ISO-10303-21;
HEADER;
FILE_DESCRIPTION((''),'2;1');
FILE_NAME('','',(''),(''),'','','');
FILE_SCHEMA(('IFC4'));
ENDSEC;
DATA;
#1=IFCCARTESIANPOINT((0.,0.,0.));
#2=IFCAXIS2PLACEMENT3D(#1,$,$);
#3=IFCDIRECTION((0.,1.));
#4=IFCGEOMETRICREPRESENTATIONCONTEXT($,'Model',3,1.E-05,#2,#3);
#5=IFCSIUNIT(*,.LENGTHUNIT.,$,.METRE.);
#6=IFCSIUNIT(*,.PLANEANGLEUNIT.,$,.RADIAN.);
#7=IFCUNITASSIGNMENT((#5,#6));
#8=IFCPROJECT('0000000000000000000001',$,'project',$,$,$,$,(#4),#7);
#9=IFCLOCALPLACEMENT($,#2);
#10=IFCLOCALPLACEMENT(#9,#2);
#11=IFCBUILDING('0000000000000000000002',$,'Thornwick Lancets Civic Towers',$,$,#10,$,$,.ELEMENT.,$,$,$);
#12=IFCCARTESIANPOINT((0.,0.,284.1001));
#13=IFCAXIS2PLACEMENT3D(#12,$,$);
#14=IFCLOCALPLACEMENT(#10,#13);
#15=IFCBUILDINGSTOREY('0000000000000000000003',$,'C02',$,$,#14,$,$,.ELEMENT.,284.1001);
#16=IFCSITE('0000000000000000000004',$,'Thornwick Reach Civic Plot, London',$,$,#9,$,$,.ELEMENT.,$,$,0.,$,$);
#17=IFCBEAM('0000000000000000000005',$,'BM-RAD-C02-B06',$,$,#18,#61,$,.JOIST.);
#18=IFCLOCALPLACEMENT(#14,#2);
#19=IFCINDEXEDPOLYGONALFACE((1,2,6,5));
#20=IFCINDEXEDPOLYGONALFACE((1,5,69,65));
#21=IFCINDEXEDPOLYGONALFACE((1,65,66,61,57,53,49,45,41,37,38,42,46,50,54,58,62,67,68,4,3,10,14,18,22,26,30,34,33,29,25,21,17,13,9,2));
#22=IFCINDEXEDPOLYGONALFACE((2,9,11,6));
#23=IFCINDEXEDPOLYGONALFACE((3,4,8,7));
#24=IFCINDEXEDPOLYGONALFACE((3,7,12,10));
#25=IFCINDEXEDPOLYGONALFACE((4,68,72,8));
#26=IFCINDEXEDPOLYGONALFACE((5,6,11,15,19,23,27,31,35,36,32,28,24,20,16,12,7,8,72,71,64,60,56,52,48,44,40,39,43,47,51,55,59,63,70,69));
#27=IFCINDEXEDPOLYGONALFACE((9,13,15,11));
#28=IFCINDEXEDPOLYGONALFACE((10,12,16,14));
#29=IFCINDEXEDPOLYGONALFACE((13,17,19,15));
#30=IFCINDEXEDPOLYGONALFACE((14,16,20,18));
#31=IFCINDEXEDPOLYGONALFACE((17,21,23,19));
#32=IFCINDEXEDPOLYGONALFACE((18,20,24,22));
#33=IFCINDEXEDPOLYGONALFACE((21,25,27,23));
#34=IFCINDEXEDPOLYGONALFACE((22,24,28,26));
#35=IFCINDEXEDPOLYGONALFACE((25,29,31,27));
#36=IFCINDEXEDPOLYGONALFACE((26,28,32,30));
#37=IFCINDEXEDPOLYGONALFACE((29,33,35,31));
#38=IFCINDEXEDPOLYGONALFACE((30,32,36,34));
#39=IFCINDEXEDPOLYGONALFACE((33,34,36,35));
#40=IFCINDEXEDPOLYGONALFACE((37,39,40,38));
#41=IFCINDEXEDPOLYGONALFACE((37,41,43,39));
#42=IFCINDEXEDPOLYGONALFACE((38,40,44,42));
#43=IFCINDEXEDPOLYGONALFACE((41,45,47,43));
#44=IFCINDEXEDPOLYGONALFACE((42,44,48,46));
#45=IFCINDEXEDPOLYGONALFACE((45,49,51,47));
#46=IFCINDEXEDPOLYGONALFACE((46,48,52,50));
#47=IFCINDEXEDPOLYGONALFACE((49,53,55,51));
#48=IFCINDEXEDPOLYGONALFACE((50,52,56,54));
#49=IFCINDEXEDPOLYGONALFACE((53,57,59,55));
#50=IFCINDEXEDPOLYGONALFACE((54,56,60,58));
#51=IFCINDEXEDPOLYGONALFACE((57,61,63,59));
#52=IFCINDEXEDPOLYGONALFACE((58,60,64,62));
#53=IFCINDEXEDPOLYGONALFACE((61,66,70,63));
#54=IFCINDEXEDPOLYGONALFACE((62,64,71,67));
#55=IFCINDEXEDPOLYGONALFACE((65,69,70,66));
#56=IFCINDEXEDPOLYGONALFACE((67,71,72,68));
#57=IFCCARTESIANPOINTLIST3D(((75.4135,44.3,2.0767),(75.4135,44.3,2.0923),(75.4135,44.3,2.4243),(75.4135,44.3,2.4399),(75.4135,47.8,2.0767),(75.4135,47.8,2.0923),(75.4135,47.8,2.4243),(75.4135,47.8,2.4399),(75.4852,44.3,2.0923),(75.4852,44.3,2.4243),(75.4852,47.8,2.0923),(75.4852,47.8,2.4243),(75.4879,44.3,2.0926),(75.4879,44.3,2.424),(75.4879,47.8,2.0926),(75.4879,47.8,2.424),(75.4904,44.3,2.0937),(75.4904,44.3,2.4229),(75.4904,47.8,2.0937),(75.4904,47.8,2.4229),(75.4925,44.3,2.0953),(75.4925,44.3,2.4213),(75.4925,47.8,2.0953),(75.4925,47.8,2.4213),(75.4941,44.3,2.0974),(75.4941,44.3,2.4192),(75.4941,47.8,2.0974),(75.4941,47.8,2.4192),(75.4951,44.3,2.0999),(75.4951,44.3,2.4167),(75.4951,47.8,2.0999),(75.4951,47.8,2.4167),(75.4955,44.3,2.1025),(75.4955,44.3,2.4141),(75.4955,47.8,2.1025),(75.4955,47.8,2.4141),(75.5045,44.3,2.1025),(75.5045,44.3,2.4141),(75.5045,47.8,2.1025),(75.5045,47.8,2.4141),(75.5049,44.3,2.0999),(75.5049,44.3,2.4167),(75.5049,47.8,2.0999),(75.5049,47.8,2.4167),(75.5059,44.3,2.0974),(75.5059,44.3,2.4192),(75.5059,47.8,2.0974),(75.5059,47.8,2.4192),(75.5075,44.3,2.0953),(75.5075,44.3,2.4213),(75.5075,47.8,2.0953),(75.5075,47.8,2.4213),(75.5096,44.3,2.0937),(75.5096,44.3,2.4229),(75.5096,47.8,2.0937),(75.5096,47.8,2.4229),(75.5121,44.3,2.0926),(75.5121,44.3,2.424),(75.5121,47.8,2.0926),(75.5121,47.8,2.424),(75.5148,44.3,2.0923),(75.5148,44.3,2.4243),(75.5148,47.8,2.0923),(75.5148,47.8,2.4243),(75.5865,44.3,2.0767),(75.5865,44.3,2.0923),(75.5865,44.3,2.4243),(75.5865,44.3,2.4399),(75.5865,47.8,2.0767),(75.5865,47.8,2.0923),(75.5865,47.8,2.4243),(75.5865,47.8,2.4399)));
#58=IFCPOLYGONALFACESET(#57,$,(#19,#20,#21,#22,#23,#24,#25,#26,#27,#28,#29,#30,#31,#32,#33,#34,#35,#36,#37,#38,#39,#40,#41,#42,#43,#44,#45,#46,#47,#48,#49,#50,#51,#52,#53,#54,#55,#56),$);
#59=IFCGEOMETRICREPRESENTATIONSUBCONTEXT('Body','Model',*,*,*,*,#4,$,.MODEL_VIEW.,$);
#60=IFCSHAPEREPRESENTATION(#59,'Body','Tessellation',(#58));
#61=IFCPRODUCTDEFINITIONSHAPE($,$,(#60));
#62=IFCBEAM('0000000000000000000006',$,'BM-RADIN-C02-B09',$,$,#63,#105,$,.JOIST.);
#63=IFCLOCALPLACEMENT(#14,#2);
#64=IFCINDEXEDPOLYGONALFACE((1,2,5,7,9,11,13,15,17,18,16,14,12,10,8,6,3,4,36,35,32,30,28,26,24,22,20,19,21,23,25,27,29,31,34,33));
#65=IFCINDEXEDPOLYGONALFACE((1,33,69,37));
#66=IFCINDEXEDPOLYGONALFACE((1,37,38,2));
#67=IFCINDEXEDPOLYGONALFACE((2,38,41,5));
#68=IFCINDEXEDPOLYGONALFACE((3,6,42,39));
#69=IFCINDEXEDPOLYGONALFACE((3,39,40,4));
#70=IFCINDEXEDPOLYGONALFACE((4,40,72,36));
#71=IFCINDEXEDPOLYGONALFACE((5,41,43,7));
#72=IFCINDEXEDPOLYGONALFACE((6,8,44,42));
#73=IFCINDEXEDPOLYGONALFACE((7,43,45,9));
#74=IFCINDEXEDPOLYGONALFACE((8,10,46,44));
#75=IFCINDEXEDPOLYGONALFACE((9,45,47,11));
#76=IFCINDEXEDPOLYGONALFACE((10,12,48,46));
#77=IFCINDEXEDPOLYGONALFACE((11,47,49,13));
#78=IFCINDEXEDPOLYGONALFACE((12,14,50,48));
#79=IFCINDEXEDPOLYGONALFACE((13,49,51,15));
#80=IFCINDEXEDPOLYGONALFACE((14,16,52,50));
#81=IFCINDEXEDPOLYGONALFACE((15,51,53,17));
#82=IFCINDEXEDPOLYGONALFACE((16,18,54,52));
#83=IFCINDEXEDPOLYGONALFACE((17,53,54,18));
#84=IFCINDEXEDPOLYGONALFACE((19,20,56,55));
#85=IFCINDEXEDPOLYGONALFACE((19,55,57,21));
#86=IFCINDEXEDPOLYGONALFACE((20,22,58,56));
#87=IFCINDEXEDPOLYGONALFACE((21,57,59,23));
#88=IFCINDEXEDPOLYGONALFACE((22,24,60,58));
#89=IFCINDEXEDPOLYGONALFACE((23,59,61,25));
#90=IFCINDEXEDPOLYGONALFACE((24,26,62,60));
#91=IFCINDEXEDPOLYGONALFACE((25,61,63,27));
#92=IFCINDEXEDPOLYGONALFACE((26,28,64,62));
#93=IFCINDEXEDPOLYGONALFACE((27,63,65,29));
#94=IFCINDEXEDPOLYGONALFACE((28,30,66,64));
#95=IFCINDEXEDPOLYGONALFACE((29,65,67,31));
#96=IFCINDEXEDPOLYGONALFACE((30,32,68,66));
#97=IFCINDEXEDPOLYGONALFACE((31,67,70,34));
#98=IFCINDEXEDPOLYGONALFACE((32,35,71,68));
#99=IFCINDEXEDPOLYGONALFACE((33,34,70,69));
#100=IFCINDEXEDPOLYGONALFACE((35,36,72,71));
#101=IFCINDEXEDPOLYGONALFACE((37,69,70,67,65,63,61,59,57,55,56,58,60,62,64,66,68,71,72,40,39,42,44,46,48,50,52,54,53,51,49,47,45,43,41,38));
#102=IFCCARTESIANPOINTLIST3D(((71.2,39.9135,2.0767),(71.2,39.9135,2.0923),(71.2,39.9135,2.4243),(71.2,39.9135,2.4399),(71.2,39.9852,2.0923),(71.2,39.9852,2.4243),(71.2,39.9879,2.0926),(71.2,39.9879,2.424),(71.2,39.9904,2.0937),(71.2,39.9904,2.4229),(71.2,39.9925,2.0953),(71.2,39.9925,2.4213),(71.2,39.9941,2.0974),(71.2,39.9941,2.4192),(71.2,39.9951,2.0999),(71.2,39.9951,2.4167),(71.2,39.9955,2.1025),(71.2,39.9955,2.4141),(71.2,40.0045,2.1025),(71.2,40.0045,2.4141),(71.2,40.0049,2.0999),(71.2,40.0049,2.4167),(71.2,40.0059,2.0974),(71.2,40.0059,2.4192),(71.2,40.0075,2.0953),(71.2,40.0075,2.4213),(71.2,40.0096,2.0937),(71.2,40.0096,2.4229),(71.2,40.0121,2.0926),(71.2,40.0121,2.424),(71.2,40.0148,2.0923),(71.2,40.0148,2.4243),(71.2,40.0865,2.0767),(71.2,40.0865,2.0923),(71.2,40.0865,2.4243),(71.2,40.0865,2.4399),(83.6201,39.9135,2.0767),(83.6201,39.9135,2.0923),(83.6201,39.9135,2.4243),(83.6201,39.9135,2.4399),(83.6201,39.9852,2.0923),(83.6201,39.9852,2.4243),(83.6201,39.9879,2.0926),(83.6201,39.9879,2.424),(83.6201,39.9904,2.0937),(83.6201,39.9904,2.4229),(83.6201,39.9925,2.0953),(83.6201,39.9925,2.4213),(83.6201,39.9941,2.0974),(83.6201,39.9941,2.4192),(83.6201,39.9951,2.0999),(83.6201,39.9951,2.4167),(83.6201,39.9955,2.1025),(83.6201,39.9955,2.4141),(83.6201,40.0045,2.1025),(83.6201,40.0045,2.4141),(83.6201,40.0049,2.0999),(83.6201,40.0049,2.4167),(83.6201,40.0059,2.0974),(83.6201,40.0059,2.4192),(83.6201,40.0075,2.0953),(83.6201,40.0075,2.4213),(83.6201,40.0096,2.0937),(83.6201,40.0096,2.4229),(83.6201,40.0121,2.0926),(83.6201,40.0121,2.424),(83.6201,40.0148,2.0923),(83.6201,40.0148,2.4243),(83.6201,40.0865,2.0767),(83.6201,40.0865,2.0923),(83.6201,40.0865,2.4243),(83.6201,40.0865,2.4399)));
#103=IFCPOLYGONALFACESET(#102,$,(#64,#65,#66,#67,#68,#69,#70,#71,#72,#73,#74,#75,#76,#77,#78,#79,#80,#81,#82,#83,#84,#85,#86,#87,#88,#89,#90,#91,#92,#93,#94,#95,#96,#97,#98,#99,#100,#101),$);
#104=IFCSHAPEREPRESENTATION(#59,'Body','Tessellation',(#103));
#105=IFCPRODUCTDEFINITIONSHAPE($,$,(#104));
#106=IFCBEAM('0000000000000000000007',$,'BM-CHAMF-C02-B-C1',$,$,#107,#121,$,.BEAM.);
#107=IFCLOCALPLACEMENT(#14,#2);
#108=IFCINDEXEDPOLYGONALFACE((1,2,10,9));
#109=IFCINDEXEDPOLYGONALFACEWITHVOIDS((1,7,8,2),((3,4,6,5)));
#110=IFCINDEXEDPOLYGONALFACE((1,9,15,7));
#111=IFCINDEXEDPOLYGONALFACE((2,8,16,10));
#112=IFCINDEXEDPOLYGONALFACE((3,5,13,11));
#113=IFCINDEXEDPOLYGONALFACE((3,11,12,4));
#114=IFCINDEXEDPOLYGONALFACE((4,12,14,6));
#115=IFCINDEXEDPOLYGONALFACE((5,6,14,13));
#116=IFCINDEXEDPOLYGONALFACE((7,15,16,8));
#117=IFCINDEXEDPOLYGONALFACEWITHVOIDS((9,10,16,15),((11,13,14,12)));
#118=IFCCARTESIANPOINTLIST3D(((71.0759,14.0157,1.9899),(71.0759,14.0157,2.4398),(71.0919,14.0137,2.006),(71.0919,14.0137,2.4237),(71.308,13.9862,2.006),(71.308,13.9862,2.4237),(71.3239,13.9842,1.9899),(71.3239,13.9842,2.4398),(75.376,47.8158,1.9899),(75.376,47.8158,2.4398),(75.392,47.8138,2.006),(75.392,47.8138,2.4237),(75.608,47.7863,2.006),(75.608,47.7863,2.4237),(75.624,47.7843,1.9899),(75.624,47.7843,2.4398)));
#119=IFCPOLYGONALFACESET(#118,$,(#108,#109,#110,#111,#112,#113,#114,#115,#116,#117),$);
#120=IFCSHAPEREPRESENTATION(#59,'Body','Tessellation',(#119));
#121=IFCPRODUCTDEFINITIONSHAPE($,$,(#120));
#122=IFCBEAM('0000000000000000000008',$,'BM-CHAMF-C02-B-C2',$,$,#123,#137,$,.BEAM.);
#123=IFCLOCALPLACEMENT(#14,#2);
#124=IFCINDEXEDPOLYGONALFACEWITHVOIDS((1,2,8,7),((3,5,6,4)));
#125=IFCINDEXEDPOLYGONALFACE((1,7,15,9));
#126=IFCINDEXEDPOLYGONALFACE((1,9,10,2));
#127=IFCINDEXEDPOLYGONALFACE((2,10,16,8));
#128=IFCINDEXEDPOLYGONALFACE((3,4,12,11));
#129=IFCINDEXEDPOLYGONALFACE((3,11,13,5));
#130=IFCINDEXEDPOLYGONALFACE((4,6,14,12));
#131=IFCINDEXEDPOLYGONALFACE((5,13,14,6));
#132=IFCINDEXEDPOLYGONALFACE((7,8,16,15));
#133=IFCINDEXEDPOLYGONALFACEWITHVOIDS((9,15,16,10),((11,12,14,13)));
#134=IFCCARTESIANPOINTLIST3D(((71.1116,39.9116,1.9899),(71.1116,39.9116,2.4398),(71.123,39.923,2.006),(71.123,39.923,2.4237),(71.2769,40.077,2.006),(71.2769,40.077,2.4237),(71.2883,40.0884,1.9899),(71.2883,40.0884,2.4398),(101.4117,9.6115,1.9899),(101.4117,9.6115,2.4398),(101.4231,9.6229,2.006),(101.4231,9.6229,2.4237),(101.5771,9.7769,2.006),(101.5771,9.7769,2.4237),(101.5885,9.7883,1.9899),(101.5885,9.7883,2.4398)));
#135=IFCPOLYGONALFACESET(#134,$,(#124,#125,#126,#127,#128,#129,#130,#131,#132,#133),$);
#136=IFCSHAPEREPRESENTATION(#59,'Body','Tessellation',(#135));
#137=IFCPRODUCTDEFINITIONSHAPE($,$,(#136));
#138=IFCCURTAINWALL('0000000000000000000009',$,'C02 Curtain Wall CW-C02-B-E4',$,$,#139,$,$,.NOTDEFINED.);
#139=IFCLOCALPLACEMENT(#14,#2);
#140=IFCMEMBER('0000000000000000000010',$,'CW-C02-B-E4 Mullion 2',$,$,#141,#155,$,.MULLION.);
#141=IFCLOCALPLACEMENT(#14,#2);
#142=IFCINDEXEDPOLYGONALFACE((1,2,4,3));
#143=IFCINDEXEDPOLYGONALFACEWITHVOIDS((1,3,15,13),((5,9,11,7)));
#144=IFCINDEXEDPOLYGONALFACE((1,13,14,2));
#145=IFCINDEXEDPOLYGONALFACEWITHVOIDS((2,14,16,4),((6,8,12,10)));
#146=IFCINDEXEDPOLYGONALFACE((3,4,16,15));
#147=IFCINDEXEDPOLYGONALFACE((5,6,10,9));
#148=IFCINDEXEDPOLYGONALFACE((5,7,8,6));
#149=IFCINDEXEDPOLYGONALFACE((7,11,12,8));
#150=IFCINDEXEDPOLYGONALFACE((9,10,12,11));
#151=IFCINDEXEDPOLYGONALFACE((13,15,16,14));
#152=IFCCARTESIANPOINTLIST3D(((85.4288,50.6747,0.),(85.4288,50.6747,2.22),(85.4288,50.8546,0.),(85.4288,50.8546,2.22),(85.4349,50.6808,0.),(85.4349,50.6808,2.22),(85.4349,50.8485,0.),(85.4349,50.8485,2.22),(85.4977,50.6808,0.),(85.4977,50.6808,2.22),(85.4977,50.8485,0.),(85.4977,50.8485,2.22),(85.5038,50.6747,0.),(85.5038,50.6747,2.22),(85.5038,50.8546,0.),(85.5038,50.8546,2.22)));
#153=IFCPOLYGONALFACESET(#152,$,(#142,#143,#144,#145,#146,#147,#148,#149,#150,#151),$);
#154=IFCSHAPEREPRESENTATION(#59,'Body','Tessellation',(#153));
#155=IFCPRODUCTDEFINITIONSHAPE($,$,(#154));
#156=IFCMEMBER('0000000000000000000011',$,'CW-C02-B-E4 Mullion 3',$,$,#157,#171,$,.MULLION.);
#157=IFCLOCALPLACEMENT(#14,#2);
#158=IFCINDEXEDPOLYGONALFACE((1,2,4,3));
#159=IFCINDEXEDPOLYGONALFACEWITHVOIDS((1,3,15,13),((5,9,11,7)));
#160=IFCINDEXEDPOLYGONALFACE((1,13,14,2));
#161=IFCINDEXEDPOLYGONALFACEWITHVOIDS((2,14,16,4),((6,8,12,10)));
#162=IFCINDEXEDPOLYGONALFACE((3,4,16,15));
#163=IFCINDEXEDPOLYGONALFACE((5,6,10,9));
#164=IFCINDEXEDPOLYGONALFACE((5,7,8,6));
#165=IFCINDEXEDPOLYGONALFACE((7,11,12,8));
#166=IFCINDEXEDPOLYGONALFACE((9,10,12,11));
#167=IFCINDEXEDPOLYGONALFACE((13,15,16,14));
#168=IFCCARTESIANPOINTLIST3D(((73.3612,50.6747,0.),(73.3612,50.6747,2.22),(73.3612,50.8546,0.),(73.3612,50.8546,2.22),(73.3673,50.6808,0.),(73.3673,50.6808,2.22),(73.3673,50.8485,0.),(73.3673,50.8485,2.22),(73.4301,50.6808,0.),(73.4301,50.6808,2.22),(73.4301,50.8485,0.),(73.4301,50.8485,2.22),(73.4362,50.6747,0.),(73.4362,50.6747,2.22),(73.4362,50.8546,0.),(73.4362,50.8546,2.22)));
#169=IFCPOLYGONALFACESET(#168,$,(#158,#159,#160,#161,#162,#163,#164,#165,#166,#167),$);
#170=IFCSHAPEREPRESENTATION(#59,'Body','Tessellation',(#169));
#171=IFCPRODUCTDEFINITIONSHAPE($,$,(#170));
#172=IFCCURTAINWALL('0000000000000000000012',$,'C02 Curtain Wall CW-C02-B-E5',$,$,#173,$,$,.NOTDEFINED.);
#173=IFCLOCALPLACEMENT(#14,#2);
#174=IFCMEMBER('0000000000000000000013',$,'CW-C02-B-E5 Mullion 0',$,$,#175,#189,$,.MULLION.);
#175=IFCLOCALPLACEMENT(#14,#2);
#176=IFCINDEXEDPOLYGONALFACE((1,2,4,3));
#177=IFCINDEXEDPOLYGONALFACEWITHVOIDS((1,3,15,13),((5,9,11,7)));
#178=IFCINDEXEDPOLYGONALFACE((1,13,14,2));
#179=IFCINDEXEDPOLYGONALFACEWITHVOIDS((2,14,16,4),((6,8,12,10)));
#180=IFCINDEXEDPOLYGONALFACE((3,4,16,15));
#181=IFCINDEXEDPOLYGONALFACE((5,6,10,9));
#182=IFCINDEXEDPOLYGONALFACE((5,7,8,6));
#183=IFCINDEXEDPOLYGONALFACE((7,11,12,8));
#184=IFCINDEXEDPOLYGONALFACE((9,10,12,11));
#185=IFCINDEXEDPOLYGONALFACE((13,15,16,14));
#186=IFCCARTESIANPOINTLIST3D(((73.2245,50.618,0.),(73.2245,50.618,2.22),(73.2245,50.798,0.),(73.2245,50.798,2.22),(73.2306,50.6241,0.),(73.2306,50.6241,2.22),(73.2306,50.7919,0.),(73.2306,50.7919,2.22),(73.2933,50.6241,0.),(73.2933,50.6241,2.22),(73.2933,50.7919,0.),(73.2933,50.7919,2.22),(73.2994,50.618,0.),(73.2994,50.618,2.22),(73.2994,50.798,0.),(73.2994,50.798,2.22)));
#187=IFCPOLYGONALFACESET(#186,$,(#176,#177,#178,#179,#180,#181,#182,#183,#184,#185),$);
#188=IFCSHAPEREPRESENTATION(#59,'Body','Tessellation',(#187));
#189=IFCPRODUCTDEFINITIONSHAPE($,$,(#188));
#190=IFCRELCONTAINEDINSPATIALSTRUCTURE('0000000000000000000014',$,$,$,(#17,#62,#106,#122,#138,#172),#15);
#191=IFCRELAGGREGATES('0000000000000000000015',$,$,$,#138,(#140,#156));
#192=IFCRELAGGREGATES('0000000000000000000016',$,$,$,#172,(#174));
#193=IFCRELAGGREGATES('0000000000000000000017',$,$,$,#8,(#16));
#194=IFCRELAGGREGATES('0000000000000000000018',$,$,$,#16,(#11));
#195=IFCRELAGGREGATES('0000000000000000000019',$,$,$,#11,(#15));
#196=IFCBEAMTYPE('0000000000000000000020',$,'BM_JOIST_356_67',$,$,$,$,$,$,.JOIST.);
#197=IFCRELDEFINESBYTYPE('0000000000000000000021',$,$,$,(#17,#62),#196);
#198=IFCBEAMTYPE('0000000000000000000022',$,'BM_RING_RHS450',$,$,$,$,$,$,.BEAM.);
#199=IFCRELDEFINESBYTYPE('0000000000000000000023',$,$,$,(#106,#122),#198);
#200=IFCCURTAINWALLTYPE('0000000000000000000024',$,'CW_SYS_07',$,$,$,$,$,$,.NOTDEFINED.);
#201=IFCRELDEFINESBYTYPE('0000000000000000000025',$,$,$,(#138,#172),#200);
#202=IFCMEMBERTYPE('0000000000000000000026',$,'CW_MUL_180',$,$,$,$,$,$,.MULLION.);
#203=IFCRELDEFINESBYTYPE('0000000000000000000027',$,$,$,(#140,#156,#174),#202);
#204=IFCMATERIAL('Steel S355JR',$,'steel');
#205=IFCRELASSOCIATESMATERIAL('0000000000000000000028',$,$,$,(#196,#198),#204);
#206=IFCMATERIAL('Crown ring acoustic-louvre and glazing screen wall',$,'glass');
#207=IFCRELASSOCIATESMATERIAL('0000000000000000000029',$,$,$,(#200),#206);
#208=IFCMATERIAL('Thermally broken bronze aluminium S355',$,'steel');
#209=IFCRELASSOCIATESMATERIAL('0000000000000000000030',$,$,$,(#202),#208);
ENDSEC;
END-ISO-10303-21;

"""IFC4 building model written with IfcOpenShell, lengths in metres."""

from ifc_helpers import new_model, si_unit, direction, frame, origin, origin_2d, place, context, subcontext, project, spatial, hollow_rectangle, i_section, extrude, material, material_profile, profile_set, type_object, element, aggregate, save


model = new_model("IFC4")

# Units and contexts
model_context = context("Model", 3, precision=1e-05, world=origin(), true_north=direction((0.0, 1.0)))
body_context = subcontext(model_context, "Body", "Model", "MODEL_VIEW")
ifc_project = project(units=[si_unit("LENGTHUNIT", "METRE"), si_unit("PLANEANGLEUNIT", "RADIAN")], contexts=[model_context])

# Site, building, storey
site_placement = place(None, origin())
site = spatial("IfcSite", under=ifc_project, at=site_placement, Name="Thornwick Reach Civic Plot, London", CompositionType="ELEMENT", RefElevation=0.0)
building_placement = place(site_placement, origin())
building = spatial("IfcBuilding", under=site, at=building_placement, Name="Thornwick Lancets Civic Towers", CompositionType="ELEMENT")
storey_placement = place(building_placement, frame((0.0, 0.0, 284.1001)))
storey = spatial("IfcBuildingStorey", under=building, at=storey_placement, Name="C02", CompositionType="ELEMENT", Elevation=284.1001)

# Shared definitions
ifc_material_1 = material(Name="Steel S355JR", Category="steel")

# Beams
ifc_material_profile_1 = material_profile(ifc_material_1, i_section(OverallWidth=0.1731, OverallDepth=0.3633, WebThickness=0.009, FlangeThickness=0.0156, FilletRadius=0.0103, at=origin_2d()), Name="UKB 356x171x67")
ifc_profile_set_1 = profile_set([ifc_material_profile_1], Name="Steel S355JR")
beam_type_1 = type_object("IfcBeamType", Name="BM_JOIST_356_67", PredefinedType="JOIST", material=ifc_profile_set_1)
for number, where, z_axis, x_axis, name in (
    (1, (75.5, 44.3, 2.2583), (0.0, 1.0, 0.0), (-1.0, 0.0, 0.0), "BM-RAD-C02-B06"),
):
    element("IfcBeam", number, at=place(storey_placement, frame(where, z_axis=z_axis, x_axis=x_axis)), inside=storey, type_object=beam_type_1, Name=name, PredefinedType="JOIST", context=body_context, shape_type="SweptSolid", body=[
        extrude(i_section(OverallWidth=0.1731, OverallDepth=0.3633, WebThickness=0.009, FlangeThickness=0.0156, FilletRadius=0.0103, at=origin_2d()), origin(), (0.0, 0.0, 1.0), 3.5),
    ])
beam_1_placement = place(storey_placement, frame((83.6201, 40.0, 2.2583), z_axis=(-1.0, 0.0, 0.0), x_axis=(0.0, -1.0, 0.0)))
element("IfcBeam", 2, at=beam_1_placement, inside=storey, type_object=beam_type_1, Name="BM-RADIN-C02-B09", PredefinedType="JOIST", context=body_context, shape_type="SweptSolid", body=[
    extrude(i_section(OverallWidth=0.1731, OverallDepth=0.3633, WebThickness=0.009, FlangeThickness=0.0156, FilletRadius=0.0103, at=origin_2d()), origin(), (0.0, 0.0, 1.0), 12.4202),
])
ifc_material_profile_2 = material_profile(ifc_material_1, hollow_rectangle(XDim=0.25, YDim=0.45, WallThickness=0.0161, at=origin_2d()), Name="RHS 450x250x16")
ifc_profile_set_2 = profile_set([ifc_material_profile_2], Name="Steel S355JR")
beam_type_2 = type_object("IfcBeamType", Name="BM_RING_RHS450", PredefinedType="BEAM", material=ifc_profile_set_2)
beam_2_placement = place(storey_placement, frame((75.5, 47.8, 2.2148), z_axis=(-0.126203, -0.992004, 0.0), x_axis=(0.992004, -0.126203, 0.0)))
element("IfcBeam", 3, at=beam_2_placement, inside=storey, type_object=beam_type_2, Name="BM-CHAMF-C02-B-C1", PredefinedType="BEAM", context=body_context, shape_type="SweptSolid", body=[
    extrude(hollow_rectangle(XDim=0.25, YDim=0.45, WallThickness=0.0161, at=origin_2d()), origin(), (0.0, 0.0, 1.0), 34.0725),
])
beam_3_placement = place(storey_placement, frame((71.2, 40.0, 2.2148), z_axis=(0.707107, -0.707107, 0.0), x_axis=(0.707107, 0.707107, 0.0)))
element("IfcBeam", 4, at=beam_3_placement, inside=storey, type_object=beam_type_2, Name="BM-CHAMF-C02-B-C2", PredefinedType="BEAM", context=body_context, shape_type="SweptSolid", body=[
    extrude(hollow_rectangle(XDim=0.25, YDim=0.45, WallThickness=0.0161, at=origin_2d()), origin(), (0.0, 0.0, 1.0), 42.8508),
])

# Curtain walls, members
ifc_material_2 = material(Name="Crown ring acoustic-louvre and glazing screen wall", Category="glass")
curtain_wall_type = type_object("IfcCurtainWallType", Name="CW_SYS_07", PredefinedType="NOTDEFINED", material=ifc_material_2)
curtain_wall_1_placement = place(storey_placement, origin())
curtain_wall_1 = element("IfcCurtainWall", 5, at=curtain_wall_1_placement, inside=storey, type_object=curtain_wall_type, Name="C02 Curtain Wall CW-C02-B-E4", PredefinedType="NOTDEFINED")
ifc_material_3 = material(Name="Thermally broken bronze aluminium S355", Category="steel")
ifc_material_profile_3 = material_profile(ifc_material_3, hollow_rectangle(XDim=0.075, YDim=0.1799, WallThickness=0.0061, at=origin_2d()), Name="RHS 180x75x6")
ifc_profile_set_3 = profile_set([ifc_material_profile_3], Name="Thermally broken bronze aluminium S355")
member_type_1 = type_object("IfcMemberType", Name="CW_MUL_180", PredefinedType="MULLION", material=ifc_profile_set_3)
member_1_placement = place(storey_placement, frame((85.4663, 50.7646, 0.0), z_axis=(0.0, 0.0, 1.0), x_axis=(1.0, 0.0, 0.0)))
member_1 = element("IfcMember", 6, at=member_1_placement, type_object=member_type_1, Name="CW-C02-B-E4 Mullion 2", PredefinedType="MULLION", context=body_context, shape_type="SweptSolid", body=[
    extrude(hollow_rectangle(XDim=0.075, YDim=0.1799, WallThickness=0.0061, at=origin_2d()), origin(), (0.0, 0.0, 1.0), 2.22),
])
member_2_placement = place(storey_placement, frame((73.3987, 50.7646, 0.0), z_axis=(0.0, 0.0, 1.0), x_axis=(1.0, 0.0, 0.0)))
member_2 = element("IfcMember", 7, at=member_2_placement, type_object=member_type_1, Name="CW-C02-B-E4 Mullion 3", PredefinedType="MULLION", context=body_context, shape_type="SweptSolid", body=[
    extrude(hollow_rectangle(XDim=0.075, YDim=0.1799, WallThickness=0.0061, at=origin_2d()), origin(), (0.0, 0.0, 1.0), 2.22),
])
curtain_wall_2_placement = place(storey_placement, origin())
curtain_wall_2 = element("IfcCurtainWall", 8, at=curtain_wall_2_placement, inside=storey, type_object=curtain_wall_type, Name="C02 Curtain Wall CW-C02-B-E5", PredefinedType="NOTDEFINED")
member_3_placement = place(storey_placement, frame((73.262, 50.708, 0.0), z_axis=(0.0, 0.0, 1.0), x_axis=(1.0, 0.0, 0.0)))
member_3 = element("IfcMember", 9, at=member_3_placement, type_object=member_type_1, Name="CW-C02-B-E5 Mullion 0", PredefinedType="MULLION", context=body_context, shape_type="SweptSolid", body=[
    extrude(hollow_rectangle(XDim=0.075, YDim=0.1799, WallThickness=0.0061, at=origin_2d()), origin(), (0.0, 0.0, 1.0), 2.22),
])

aggregate(curtain_wall_1, [member_1, member_2])
aggregate(curtain_wall_2, [member_3])

save(model, "model.ifc")
